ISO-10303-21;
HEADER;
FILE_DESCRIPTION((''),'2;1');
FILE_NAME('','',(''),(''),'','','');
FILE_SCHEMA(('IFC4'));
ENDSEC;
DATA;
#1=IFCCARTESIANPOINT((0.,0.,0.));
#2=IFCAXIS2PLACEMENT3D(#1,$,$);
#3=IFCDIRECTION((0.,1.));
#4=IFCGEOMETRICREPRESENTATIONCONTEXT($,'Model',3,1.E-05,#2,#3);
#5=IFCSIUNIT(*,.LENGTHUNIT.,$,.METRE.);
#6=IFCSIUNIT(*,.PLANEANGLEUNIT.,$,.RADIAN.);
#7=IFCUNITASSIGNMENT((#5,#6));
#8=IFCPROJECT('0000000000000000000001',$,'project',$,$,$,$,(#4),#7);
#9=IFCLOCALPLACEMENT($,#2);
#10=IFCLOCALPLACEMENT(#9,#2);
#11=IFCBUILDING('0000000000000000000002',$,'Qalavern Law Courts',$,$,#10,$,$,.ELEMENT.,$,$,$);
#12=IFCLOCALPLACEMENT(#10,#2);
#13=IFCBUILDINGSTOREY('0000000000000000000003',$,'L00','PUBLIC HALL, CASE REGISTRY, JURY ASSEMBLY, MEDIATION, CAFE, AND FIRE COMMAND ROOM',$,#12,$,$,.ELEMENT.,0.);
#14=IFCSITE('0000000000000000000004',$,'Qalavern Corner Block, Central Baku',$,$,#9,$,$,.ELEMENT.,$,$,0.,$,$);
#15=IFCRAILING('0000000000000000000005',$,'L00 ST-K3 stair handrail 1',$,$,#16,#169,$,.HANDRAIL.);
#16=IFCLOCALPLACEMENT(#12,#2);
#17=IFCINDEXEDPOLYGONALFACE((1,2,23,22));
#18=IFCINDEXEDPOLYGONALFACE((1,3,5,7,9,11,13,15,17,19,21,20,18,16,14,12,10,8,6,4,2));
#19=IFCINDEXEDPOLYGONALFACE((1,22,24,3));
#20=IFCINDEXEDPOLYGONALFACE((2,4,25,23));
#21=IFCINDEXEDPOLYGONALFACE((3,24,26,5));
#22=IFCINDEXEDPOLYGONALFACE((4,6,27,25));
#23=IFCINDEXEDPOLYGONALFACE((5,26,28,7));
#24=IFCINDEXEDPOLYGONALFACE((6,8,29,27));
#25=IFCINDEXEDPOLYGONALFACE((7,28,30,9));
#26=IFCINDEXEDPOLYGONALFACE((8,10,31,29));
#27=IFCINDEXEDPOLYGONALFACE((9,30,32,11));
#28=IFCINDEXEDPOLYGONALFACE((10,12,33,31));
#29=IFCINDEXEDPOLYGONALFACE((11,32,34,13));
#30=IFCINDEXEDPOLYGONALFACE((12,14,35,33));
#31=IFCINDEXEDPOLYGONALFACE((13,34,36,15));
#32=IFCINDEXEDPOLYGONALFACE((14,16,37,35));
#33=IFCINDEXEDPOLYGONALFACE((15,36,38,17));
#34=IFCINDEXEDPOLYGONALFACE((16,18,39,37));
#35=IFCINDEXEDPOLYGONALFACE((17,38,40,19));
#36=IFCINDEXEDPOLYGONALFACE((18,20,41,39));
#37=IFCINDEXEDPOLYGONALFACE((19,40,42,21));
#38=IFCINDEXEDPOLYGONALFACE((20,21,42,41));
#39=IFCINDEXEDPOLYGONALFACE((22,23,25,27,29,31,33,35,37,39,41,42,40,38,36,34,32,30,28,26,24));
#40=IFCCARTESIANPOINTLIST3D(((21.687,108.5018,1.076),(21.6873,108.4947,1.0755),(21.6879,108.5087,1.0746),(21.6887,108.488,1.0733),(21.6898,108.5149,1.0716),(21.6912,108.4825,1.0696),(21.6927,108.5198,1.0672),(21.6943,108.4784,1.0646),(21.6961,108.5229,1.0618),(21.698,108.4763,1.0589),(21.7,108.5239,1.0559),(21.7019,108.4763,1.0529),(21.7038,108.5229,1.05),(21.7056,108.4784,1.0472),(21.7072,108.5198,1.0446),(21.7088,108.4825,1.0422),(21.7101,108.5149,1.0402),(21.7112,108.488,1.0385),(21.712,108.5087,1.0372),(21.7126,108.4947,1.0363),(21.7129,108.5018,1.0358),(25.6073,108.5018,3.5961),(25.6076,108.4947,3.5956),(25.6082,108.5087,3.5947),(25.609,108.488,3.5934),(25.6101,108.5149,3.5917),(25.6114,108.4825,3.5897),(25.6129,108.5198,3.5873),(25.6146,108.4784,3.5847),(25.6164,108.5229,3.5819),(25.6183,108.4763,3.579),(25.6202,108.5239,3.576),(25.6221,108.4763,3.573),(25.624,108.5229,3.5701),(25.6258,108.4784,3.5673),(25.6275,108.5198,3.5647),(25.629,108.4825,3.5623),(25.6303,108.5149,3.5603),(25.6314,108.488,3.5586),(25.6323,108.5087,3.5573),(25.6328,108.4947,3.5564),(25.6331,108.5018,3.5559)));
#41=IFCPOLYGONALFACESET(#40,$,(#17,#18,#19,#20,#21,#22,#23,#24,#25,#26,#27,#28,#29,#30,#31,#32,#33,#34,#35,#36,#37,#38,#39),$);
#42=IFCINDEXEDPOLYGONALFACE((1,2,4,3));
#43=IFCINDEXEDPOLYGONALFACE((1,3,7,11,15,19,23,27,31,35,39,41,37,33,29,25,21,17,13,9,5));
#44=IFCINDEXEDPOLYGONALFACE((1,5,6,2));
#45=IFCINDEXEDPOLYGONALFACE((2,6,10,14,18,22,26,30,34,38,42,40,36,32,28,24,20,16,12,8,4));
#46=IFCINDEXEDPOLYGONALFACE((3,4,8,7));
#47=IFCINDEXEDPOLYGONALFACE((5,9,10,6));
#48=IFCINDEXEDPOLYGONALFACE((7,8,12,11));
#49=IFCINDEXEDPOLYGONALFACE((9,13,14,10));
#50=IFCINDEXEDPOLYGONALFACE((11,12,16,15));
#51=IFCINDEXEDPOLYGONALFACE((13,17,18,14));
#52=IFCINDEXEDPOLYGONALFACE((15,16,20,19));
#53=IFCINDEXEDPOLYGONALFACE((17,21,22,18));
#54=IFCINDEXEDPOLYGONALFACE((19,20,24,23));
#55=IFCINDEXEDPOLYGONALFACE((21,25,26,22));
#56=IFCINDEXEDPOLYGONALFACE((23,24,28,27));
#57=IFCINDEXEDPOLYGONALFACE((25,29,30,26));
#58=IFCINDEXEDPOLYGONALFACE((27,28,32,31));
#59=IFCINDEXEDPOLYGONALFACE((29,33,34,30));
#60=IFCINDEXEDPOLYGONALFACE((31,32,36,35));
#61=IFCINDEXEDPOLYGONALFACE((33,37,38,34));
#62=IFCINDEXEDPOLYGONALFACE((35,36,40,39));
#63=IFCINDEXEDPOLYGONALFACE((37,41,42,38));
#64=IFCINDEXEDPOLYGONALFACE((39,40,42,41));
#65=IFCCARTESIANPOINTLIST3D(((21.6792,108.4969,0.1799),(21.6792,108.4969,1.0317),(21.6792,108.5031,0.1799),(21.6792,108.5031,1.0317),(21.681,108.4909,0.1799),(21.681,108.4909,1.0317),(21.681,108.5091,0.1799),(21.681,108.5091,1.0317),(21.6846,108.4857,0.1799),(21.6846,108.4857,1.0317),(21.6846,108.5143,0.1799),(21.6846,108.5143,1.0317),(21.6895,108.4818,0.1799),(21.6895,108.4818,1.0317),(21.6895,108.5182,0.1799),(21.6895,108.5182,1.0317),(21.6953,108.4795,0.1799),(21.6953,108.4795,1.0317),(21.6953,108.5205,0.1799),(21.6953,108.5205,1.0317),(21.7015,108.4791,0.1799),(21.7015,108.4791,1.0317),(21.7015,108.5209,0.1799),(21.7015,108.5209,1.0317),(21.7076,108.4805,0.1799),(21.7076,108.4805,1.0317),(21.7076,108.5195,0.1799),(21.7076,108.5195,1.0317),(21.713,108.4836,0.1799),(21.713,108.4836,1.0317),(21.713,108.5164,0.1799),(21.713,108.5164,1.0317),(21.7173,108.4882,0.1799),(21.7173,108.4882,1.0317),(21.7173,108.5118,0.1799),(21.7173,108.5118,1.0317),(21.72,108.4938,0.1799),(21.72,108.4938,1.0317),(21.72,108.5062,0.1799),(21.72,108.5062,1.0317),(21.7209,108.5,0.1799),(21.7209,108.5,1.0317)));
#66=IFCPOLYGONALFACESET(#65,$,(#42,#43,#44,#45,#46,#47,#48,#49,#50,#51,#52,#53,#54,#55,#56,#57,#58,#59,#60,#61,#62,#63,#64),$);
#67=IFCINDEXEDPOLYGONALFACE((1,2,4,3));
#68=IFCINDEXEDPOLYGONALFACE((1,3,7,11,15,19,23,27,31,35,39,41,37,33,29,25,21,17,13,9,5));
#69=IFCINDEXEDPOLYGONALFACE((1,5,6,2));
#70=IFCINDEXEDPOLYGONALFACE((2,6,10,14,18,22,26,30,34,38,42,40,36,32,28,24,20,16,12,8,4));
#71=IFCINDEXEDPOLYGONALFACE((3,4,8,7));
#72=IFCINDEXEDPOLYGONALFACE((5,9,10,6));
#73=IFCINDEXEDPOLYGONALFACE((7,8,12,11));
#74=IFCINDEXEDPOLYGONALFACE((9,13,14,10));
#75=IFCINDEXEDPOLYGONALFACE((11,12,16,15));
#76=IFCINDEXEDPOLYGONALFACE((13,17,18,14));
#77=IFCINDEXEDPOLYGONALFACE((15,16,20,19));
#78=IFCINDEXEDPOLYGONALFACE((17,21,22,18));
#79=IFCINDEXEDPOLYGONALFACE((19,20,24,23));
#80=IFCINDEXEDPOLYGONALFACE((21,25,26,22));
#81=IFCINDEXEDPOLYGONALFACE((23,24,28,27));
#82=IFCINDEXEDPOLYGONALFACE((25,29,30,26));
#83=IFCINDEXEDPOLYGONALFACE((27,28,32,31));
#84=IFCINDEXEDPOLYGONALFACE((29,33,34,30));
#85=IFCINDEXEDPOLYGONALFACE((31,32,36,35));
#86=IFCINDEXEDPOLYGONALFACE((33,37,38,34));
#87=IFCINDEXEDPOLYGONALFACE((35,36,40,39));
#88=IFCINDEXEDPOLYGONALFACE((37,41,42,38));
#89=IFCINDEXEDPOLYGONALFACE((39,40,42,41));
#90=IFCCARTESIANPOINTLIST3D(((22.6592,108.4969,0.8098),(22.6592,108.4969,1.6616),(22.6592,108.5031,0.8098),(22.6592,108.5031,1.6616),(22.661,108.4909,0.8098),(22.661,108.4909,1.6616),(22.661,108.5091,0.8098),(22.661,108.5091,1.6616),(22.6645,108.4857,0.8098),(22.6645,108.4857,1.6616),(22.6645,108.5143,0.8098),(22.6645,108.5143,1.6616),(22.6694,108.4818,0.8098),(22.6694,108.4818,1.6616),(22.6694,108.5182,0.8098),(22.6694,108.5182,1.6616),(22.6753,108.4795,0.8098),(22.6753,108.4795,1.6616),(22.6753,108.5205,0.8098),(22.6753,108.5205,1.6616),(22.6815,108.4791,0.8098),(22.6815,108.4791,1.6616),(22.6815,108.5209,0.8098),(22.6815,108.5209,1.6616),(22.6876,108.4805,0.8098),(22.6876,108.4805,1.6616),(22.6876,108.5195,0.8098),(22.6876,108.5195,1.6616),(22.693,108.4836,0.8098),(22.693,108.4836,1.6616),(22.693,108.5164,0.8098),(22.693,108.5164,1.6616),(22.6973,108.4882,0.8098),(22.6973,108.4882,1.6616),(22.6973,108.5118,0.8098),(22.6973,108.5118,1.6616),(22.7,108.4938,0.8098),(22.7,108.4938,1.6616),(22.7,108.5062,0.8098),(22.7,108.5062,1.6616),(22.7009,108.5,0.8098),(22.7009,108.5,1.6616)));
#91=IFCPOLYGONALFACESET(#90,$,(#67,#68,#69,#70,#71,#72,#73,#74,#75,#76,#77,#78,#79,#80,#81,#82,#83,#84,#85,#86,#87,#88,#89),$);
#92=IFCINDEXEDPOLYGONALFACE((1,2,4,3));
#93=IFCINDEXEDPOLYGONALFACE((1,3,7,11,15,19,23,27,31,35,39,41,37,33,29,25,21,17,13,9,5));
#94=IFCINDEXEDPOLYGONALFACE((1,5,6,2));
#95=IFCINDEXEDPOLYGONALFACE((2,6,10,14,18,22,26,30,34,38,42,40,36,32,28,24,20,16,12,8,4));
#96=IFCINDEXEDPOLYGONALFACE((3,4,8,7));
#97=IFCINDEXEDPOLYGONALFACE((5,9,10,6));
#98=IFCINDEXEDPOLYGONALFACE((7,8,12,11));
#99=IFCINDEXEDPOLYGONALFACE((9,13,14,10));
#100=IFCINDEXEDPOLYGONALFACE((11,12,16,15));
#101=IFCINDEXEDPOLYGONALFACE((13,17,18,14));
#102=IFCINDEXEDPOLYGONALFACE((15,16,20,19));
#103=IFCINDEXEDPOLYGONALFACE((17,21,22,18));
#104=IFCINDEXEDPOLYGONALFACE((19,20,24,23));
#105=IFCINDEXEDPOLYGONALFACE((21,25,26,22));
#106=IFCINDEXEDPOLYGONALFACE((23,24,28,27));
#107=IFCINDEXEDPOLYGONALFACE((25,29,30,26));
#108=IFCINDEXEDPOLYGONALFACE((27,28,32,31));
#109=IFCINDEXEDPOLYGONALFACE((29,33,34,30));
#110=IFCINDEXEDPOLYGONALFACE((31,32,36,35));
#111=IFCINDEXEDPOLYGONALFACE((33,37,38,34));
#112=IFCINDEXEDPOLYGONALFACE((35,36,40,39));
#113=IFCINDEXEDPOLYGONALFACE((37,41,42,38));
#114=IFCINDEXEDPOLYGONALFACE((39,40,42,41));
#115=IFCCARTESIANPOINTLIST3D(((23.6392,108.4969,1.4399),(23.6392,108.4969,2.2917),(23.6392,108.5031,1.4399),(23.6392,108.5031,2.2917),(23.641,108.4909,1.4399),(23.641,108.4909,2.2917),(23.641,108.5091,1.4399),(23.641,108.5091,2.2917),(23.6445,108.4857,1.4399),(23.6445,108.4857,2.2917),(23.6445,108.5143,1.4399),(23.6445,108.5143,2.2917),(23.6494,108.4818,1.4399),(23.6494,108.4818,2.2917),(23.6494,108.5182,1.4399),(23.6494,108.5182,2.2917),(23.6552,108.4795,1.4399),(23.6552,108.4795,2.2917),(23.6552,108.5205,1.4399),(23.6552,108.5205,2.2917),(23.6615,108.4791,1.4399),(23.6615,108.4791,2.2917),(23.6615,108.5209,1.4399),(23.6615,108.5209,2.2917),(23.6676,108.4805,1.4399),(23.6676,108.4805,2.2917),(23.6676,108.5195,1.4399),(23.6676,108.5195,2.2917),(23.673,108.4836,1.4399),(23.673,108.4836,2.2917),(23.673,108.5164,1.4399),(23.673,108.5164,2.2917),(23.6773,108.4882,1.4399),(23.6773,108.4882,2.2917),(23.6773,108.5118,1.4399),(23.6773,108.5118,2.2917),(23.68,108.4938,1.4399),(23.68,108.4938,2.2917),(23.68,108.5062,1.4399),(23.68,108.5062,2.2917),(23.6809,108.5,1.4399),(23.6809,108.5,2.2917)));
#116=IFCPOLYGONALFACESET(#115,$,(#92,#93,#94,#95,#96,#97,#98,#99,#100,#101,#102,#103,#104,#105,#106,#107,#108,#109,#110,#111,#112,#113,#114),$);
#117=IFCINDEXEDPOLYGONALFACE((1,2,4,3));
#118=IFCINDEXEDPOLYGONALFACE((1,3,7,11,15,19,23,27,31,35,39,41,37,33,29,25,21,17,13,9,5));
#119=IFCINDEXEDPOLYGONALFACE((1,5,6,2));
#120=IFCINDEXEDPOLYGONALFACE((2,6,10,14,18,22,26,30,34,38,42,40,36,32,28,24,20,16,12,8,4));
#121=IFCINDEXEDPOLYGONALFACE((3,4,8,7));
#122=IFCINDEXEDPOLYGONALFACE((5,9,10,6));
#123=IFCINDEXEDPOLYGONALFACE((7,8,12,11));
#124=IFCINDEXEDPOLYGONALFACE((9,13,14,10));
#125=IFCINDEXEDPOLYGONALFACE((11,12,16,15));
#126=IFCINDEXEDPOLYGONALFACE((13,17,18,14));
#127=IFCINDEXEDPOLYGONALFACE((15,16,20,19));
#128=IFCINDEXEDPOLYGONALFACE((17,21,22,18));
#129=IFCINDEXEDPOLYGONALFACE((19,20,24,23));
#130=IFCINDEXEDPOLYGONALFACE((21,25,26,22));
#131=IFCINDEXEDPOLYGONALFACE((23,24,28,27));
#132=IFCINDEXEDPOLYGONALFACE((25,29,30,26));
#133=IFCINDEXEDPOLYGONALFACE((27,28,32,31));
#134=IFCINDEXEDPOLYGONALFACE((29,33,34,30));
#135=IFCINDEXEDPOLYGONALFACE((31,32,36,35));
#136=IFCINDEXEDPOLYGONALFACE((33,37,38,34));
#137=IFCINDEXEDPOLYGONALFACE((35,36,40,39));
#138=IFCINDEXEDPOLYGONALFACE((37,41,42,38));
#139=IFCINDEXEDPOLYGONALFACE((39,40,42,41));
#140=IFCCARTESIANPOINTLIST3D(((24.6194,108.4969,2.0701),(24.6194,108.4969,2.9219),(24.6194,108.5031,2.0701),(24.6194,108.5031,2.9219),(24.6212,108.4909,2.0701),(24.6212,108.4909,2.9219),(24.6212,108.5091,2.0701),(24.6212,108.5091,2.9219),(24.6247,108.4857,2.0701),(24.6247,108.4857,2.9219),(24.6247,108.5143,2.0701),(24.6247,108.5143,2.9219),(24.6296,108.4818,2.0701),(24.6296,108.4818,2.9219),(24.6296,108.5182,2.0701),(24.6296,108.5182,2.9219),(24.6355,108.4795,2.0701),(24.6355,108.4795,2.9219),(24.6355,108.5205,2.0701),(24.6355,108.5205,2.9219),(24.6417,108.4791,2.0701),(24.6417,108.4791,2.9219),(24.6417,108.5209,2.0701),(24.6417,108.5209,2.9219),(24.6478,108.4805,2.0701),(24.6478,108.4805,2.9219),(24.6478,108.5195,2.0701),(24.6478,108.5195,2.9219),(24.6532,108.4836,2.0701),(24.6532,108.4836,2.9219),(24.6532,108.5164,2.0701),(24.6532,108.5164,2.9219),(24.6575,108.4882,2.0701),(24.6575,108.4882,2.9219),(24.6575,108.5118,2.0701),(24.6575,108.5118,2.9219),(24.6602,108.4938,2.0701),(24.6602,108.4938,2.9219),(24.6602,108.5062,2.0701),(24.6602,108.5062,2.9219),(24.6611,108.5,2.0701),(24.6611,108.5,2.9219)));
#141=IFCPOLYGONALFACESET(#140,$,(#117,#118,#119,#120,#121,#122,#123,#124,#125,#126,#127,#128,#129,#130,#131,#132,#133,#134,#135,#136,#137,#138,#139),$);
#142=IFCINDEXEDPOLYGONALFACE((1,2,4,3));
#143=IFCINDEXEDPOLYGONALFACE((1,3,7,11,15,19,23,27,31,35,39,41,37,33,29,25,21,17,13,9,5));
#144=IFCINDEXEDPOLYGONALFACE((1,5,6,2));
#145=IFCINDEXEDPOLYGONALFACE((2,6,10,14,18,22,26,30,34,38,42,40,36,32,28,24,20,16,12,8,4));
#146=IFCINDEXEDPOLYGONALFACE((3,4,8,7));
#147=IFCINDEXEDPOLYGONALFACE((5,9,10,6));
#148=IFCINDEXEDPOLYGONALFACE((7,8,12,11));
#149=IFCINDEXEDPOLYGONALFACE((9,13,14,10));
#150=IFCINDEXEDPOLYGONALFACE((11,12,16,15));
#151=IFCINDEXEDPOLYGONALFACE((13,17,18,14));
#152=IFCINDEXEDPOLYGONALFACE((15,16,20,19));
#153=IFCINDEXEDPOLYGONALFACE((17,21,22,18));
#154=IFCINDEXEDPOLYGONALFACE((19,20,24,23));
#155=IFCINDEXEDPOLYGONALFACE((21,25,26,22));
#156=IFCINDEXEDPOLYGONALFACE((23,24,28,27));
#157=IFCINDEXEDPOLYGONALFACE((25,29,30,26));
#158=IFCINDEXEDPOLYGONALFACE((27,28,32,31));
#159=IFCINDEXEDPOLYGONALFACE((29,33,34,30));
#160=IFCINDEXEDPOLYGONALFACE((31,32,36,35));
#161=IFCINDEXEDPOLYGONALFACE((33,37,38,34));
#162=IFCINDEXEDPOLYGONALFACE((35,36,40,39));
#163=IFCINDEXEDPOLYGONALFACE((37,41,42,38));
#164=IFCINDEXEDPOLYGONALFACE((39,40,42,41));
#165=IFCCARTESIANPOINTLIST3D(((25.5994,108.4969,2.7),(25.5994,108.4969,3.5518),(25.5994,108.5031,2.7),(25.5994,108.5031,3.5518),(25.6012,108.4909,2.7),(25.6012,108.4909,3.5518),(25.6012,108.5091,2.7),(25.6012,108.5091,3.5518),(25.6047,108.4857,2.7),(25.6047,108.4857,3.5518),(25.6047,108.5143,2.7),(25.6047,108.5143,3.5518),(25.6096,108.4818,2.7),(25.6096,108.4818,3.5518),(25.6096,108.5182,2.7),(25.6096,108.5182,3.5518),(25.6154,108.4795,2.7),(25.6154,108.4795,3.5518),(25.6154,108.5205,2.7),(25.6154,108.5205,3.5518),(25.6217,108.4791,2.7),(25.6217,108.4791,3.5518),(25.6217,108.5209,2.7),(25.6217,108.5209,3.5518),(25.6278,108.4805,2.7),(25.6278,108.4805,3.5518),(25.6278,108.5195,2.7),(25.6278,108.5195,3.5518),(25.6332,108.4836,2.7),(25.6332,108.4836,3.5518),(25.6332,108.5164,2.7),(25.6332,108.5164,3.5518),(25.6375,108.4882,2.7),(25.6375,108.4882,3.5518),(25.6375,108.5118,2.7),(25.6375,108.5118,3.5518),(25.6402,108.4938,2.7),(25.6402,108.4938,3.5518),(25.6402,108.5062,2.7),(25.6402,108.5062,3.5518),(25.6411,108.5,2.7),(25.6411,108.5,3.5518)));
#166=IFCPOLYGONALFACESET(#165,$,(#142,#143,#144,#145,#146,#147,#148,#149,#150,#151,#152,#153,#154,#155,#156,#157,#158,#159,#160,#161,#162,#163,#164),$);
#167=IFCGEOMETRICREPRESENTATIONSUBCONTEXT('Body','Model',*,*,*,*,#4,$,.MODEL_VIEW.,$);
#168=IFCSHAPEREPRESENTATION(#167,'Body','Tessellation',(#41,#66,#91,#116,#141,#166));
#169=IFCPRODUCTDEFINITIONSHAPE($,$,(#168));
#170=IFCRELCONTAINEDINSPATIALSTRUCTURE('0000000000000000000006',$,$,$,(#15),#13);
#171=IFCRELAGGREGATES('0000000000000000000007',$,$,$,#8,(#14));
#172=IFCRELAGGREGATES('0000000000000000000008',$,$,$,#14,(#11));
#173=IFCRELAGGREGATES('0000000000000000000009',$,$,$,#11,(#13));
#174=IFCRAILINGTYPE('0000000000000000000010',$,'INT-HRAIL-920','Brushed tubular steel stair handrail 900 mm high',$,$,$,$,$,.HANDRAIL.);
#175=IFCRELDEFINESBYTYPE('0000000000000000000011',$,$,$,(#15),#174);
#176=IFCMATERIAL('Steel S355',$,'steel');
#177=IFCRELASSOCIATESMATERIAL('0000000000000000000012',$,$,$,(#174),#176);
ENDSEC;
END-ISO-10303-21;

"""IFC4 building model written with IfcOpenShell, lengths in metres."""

from ifc_helpers import new_model, si_unit, direction, frame, origin, origin_2d, place, context, subcontext, project, spatial, circle, extrude, material, type_object, element, save


model = new_model("IFC4")

# Units and contexts
model_context = context("Model", 3, precision=1e-05, world=origin(), true_north=direction((0.0, 1.0)))
body_context = subcontext(model_context, "Body", "Model", "MODEL_VIEW")
ifc_project = project(units=[si_unit("LENGTHUNIT", "METRE"), si_unit("PLANEANGLEUNIT", "RADIAN")], contexts=[model_context])

# Site, building, storey
site_placement = place(None, origin())
site = spatial("IfcSite", under=ifc_project, at=site_placement, Name="Qalavern Corner Block, Central Baku", CompositionType="ELEMENT", RefElevation=0.0)
building_placement = place(site_placement, origin())
building = spatial("IfcBuilding", under=site, at=building_placement, Name="Qalavern Law Courts", CompositionType="ELEMENT")
storey_placement = place(building_placement, origin())
storey = spatial("IfcBuildingStorey", under=building, at=storey_placement, Name="L00", Description="PUBLIC HALL, CASE REGISTRY, JURY ASSEMBLY, MEDIATION, CAFE, AND FIRE COMMAND ROOM", CompositionType="ELEMENT", Elevation=0.0)

# Railing
ifc_material_1 = material(Name="Steel S355", Category="steel")
railing_type_1 = type_object("IfcRailingType", Name="INT-HRAIL-920", Description="Brushed tubular steel stair handrail 900 mm high", PredefinedType="HANDRAIL", material=ifc_material_1)
railing_1_placement = place(storey_placement, frame((21.7, 108.5, 0.1799)))
element("IfcRailing", 1, at=railing_1_placement, inside=storey, type_object=railing_type_1, Name="L00 ST-K3 stair handrail 1", PredefinedType="HANDRAIL", context=body_context, shape_type="SweptSolid", body=[
    extrude(circle(Radius=0.0239, at=origin_2d()), frame((0.0, 0.0, 0.876), z_axis=(0.841187, 0.0, 0.540744), x_axis=(0.0, 1.0, 0.0)), (0.0, 0.0, 1.0), 4.6604),
    extrude(circle(Radius=0.021, at=origin_2d()), origin(), (0.0, 0.0, 1.0), 0.8518),
    extrude(circle(Radius=0.021, at=origin_2d()), frame((0.98, 0.0, 0.6299)), (0.0, 0.0, 1.0), 0.8518),
    extrude(circle(Radius=0.021, at=origin_2d()), frame((1.96, 0.0, 1.26)), (0.0, 0.0, 1.0), 0.8518),
    extrude(circle(Radius=0.021, at=origin_2d()), frame((2.9402, 0.0, 1.8901)), (0.0, 0.0, 1.0), 0.8518),
    extrude(circle(Radius=0.021, at=origin_2d()), frame((3.9202, 0.0, 2.52)), (0.0, 0.0, 1.0), 0.8518),
])

save(model, "model.ifc")
